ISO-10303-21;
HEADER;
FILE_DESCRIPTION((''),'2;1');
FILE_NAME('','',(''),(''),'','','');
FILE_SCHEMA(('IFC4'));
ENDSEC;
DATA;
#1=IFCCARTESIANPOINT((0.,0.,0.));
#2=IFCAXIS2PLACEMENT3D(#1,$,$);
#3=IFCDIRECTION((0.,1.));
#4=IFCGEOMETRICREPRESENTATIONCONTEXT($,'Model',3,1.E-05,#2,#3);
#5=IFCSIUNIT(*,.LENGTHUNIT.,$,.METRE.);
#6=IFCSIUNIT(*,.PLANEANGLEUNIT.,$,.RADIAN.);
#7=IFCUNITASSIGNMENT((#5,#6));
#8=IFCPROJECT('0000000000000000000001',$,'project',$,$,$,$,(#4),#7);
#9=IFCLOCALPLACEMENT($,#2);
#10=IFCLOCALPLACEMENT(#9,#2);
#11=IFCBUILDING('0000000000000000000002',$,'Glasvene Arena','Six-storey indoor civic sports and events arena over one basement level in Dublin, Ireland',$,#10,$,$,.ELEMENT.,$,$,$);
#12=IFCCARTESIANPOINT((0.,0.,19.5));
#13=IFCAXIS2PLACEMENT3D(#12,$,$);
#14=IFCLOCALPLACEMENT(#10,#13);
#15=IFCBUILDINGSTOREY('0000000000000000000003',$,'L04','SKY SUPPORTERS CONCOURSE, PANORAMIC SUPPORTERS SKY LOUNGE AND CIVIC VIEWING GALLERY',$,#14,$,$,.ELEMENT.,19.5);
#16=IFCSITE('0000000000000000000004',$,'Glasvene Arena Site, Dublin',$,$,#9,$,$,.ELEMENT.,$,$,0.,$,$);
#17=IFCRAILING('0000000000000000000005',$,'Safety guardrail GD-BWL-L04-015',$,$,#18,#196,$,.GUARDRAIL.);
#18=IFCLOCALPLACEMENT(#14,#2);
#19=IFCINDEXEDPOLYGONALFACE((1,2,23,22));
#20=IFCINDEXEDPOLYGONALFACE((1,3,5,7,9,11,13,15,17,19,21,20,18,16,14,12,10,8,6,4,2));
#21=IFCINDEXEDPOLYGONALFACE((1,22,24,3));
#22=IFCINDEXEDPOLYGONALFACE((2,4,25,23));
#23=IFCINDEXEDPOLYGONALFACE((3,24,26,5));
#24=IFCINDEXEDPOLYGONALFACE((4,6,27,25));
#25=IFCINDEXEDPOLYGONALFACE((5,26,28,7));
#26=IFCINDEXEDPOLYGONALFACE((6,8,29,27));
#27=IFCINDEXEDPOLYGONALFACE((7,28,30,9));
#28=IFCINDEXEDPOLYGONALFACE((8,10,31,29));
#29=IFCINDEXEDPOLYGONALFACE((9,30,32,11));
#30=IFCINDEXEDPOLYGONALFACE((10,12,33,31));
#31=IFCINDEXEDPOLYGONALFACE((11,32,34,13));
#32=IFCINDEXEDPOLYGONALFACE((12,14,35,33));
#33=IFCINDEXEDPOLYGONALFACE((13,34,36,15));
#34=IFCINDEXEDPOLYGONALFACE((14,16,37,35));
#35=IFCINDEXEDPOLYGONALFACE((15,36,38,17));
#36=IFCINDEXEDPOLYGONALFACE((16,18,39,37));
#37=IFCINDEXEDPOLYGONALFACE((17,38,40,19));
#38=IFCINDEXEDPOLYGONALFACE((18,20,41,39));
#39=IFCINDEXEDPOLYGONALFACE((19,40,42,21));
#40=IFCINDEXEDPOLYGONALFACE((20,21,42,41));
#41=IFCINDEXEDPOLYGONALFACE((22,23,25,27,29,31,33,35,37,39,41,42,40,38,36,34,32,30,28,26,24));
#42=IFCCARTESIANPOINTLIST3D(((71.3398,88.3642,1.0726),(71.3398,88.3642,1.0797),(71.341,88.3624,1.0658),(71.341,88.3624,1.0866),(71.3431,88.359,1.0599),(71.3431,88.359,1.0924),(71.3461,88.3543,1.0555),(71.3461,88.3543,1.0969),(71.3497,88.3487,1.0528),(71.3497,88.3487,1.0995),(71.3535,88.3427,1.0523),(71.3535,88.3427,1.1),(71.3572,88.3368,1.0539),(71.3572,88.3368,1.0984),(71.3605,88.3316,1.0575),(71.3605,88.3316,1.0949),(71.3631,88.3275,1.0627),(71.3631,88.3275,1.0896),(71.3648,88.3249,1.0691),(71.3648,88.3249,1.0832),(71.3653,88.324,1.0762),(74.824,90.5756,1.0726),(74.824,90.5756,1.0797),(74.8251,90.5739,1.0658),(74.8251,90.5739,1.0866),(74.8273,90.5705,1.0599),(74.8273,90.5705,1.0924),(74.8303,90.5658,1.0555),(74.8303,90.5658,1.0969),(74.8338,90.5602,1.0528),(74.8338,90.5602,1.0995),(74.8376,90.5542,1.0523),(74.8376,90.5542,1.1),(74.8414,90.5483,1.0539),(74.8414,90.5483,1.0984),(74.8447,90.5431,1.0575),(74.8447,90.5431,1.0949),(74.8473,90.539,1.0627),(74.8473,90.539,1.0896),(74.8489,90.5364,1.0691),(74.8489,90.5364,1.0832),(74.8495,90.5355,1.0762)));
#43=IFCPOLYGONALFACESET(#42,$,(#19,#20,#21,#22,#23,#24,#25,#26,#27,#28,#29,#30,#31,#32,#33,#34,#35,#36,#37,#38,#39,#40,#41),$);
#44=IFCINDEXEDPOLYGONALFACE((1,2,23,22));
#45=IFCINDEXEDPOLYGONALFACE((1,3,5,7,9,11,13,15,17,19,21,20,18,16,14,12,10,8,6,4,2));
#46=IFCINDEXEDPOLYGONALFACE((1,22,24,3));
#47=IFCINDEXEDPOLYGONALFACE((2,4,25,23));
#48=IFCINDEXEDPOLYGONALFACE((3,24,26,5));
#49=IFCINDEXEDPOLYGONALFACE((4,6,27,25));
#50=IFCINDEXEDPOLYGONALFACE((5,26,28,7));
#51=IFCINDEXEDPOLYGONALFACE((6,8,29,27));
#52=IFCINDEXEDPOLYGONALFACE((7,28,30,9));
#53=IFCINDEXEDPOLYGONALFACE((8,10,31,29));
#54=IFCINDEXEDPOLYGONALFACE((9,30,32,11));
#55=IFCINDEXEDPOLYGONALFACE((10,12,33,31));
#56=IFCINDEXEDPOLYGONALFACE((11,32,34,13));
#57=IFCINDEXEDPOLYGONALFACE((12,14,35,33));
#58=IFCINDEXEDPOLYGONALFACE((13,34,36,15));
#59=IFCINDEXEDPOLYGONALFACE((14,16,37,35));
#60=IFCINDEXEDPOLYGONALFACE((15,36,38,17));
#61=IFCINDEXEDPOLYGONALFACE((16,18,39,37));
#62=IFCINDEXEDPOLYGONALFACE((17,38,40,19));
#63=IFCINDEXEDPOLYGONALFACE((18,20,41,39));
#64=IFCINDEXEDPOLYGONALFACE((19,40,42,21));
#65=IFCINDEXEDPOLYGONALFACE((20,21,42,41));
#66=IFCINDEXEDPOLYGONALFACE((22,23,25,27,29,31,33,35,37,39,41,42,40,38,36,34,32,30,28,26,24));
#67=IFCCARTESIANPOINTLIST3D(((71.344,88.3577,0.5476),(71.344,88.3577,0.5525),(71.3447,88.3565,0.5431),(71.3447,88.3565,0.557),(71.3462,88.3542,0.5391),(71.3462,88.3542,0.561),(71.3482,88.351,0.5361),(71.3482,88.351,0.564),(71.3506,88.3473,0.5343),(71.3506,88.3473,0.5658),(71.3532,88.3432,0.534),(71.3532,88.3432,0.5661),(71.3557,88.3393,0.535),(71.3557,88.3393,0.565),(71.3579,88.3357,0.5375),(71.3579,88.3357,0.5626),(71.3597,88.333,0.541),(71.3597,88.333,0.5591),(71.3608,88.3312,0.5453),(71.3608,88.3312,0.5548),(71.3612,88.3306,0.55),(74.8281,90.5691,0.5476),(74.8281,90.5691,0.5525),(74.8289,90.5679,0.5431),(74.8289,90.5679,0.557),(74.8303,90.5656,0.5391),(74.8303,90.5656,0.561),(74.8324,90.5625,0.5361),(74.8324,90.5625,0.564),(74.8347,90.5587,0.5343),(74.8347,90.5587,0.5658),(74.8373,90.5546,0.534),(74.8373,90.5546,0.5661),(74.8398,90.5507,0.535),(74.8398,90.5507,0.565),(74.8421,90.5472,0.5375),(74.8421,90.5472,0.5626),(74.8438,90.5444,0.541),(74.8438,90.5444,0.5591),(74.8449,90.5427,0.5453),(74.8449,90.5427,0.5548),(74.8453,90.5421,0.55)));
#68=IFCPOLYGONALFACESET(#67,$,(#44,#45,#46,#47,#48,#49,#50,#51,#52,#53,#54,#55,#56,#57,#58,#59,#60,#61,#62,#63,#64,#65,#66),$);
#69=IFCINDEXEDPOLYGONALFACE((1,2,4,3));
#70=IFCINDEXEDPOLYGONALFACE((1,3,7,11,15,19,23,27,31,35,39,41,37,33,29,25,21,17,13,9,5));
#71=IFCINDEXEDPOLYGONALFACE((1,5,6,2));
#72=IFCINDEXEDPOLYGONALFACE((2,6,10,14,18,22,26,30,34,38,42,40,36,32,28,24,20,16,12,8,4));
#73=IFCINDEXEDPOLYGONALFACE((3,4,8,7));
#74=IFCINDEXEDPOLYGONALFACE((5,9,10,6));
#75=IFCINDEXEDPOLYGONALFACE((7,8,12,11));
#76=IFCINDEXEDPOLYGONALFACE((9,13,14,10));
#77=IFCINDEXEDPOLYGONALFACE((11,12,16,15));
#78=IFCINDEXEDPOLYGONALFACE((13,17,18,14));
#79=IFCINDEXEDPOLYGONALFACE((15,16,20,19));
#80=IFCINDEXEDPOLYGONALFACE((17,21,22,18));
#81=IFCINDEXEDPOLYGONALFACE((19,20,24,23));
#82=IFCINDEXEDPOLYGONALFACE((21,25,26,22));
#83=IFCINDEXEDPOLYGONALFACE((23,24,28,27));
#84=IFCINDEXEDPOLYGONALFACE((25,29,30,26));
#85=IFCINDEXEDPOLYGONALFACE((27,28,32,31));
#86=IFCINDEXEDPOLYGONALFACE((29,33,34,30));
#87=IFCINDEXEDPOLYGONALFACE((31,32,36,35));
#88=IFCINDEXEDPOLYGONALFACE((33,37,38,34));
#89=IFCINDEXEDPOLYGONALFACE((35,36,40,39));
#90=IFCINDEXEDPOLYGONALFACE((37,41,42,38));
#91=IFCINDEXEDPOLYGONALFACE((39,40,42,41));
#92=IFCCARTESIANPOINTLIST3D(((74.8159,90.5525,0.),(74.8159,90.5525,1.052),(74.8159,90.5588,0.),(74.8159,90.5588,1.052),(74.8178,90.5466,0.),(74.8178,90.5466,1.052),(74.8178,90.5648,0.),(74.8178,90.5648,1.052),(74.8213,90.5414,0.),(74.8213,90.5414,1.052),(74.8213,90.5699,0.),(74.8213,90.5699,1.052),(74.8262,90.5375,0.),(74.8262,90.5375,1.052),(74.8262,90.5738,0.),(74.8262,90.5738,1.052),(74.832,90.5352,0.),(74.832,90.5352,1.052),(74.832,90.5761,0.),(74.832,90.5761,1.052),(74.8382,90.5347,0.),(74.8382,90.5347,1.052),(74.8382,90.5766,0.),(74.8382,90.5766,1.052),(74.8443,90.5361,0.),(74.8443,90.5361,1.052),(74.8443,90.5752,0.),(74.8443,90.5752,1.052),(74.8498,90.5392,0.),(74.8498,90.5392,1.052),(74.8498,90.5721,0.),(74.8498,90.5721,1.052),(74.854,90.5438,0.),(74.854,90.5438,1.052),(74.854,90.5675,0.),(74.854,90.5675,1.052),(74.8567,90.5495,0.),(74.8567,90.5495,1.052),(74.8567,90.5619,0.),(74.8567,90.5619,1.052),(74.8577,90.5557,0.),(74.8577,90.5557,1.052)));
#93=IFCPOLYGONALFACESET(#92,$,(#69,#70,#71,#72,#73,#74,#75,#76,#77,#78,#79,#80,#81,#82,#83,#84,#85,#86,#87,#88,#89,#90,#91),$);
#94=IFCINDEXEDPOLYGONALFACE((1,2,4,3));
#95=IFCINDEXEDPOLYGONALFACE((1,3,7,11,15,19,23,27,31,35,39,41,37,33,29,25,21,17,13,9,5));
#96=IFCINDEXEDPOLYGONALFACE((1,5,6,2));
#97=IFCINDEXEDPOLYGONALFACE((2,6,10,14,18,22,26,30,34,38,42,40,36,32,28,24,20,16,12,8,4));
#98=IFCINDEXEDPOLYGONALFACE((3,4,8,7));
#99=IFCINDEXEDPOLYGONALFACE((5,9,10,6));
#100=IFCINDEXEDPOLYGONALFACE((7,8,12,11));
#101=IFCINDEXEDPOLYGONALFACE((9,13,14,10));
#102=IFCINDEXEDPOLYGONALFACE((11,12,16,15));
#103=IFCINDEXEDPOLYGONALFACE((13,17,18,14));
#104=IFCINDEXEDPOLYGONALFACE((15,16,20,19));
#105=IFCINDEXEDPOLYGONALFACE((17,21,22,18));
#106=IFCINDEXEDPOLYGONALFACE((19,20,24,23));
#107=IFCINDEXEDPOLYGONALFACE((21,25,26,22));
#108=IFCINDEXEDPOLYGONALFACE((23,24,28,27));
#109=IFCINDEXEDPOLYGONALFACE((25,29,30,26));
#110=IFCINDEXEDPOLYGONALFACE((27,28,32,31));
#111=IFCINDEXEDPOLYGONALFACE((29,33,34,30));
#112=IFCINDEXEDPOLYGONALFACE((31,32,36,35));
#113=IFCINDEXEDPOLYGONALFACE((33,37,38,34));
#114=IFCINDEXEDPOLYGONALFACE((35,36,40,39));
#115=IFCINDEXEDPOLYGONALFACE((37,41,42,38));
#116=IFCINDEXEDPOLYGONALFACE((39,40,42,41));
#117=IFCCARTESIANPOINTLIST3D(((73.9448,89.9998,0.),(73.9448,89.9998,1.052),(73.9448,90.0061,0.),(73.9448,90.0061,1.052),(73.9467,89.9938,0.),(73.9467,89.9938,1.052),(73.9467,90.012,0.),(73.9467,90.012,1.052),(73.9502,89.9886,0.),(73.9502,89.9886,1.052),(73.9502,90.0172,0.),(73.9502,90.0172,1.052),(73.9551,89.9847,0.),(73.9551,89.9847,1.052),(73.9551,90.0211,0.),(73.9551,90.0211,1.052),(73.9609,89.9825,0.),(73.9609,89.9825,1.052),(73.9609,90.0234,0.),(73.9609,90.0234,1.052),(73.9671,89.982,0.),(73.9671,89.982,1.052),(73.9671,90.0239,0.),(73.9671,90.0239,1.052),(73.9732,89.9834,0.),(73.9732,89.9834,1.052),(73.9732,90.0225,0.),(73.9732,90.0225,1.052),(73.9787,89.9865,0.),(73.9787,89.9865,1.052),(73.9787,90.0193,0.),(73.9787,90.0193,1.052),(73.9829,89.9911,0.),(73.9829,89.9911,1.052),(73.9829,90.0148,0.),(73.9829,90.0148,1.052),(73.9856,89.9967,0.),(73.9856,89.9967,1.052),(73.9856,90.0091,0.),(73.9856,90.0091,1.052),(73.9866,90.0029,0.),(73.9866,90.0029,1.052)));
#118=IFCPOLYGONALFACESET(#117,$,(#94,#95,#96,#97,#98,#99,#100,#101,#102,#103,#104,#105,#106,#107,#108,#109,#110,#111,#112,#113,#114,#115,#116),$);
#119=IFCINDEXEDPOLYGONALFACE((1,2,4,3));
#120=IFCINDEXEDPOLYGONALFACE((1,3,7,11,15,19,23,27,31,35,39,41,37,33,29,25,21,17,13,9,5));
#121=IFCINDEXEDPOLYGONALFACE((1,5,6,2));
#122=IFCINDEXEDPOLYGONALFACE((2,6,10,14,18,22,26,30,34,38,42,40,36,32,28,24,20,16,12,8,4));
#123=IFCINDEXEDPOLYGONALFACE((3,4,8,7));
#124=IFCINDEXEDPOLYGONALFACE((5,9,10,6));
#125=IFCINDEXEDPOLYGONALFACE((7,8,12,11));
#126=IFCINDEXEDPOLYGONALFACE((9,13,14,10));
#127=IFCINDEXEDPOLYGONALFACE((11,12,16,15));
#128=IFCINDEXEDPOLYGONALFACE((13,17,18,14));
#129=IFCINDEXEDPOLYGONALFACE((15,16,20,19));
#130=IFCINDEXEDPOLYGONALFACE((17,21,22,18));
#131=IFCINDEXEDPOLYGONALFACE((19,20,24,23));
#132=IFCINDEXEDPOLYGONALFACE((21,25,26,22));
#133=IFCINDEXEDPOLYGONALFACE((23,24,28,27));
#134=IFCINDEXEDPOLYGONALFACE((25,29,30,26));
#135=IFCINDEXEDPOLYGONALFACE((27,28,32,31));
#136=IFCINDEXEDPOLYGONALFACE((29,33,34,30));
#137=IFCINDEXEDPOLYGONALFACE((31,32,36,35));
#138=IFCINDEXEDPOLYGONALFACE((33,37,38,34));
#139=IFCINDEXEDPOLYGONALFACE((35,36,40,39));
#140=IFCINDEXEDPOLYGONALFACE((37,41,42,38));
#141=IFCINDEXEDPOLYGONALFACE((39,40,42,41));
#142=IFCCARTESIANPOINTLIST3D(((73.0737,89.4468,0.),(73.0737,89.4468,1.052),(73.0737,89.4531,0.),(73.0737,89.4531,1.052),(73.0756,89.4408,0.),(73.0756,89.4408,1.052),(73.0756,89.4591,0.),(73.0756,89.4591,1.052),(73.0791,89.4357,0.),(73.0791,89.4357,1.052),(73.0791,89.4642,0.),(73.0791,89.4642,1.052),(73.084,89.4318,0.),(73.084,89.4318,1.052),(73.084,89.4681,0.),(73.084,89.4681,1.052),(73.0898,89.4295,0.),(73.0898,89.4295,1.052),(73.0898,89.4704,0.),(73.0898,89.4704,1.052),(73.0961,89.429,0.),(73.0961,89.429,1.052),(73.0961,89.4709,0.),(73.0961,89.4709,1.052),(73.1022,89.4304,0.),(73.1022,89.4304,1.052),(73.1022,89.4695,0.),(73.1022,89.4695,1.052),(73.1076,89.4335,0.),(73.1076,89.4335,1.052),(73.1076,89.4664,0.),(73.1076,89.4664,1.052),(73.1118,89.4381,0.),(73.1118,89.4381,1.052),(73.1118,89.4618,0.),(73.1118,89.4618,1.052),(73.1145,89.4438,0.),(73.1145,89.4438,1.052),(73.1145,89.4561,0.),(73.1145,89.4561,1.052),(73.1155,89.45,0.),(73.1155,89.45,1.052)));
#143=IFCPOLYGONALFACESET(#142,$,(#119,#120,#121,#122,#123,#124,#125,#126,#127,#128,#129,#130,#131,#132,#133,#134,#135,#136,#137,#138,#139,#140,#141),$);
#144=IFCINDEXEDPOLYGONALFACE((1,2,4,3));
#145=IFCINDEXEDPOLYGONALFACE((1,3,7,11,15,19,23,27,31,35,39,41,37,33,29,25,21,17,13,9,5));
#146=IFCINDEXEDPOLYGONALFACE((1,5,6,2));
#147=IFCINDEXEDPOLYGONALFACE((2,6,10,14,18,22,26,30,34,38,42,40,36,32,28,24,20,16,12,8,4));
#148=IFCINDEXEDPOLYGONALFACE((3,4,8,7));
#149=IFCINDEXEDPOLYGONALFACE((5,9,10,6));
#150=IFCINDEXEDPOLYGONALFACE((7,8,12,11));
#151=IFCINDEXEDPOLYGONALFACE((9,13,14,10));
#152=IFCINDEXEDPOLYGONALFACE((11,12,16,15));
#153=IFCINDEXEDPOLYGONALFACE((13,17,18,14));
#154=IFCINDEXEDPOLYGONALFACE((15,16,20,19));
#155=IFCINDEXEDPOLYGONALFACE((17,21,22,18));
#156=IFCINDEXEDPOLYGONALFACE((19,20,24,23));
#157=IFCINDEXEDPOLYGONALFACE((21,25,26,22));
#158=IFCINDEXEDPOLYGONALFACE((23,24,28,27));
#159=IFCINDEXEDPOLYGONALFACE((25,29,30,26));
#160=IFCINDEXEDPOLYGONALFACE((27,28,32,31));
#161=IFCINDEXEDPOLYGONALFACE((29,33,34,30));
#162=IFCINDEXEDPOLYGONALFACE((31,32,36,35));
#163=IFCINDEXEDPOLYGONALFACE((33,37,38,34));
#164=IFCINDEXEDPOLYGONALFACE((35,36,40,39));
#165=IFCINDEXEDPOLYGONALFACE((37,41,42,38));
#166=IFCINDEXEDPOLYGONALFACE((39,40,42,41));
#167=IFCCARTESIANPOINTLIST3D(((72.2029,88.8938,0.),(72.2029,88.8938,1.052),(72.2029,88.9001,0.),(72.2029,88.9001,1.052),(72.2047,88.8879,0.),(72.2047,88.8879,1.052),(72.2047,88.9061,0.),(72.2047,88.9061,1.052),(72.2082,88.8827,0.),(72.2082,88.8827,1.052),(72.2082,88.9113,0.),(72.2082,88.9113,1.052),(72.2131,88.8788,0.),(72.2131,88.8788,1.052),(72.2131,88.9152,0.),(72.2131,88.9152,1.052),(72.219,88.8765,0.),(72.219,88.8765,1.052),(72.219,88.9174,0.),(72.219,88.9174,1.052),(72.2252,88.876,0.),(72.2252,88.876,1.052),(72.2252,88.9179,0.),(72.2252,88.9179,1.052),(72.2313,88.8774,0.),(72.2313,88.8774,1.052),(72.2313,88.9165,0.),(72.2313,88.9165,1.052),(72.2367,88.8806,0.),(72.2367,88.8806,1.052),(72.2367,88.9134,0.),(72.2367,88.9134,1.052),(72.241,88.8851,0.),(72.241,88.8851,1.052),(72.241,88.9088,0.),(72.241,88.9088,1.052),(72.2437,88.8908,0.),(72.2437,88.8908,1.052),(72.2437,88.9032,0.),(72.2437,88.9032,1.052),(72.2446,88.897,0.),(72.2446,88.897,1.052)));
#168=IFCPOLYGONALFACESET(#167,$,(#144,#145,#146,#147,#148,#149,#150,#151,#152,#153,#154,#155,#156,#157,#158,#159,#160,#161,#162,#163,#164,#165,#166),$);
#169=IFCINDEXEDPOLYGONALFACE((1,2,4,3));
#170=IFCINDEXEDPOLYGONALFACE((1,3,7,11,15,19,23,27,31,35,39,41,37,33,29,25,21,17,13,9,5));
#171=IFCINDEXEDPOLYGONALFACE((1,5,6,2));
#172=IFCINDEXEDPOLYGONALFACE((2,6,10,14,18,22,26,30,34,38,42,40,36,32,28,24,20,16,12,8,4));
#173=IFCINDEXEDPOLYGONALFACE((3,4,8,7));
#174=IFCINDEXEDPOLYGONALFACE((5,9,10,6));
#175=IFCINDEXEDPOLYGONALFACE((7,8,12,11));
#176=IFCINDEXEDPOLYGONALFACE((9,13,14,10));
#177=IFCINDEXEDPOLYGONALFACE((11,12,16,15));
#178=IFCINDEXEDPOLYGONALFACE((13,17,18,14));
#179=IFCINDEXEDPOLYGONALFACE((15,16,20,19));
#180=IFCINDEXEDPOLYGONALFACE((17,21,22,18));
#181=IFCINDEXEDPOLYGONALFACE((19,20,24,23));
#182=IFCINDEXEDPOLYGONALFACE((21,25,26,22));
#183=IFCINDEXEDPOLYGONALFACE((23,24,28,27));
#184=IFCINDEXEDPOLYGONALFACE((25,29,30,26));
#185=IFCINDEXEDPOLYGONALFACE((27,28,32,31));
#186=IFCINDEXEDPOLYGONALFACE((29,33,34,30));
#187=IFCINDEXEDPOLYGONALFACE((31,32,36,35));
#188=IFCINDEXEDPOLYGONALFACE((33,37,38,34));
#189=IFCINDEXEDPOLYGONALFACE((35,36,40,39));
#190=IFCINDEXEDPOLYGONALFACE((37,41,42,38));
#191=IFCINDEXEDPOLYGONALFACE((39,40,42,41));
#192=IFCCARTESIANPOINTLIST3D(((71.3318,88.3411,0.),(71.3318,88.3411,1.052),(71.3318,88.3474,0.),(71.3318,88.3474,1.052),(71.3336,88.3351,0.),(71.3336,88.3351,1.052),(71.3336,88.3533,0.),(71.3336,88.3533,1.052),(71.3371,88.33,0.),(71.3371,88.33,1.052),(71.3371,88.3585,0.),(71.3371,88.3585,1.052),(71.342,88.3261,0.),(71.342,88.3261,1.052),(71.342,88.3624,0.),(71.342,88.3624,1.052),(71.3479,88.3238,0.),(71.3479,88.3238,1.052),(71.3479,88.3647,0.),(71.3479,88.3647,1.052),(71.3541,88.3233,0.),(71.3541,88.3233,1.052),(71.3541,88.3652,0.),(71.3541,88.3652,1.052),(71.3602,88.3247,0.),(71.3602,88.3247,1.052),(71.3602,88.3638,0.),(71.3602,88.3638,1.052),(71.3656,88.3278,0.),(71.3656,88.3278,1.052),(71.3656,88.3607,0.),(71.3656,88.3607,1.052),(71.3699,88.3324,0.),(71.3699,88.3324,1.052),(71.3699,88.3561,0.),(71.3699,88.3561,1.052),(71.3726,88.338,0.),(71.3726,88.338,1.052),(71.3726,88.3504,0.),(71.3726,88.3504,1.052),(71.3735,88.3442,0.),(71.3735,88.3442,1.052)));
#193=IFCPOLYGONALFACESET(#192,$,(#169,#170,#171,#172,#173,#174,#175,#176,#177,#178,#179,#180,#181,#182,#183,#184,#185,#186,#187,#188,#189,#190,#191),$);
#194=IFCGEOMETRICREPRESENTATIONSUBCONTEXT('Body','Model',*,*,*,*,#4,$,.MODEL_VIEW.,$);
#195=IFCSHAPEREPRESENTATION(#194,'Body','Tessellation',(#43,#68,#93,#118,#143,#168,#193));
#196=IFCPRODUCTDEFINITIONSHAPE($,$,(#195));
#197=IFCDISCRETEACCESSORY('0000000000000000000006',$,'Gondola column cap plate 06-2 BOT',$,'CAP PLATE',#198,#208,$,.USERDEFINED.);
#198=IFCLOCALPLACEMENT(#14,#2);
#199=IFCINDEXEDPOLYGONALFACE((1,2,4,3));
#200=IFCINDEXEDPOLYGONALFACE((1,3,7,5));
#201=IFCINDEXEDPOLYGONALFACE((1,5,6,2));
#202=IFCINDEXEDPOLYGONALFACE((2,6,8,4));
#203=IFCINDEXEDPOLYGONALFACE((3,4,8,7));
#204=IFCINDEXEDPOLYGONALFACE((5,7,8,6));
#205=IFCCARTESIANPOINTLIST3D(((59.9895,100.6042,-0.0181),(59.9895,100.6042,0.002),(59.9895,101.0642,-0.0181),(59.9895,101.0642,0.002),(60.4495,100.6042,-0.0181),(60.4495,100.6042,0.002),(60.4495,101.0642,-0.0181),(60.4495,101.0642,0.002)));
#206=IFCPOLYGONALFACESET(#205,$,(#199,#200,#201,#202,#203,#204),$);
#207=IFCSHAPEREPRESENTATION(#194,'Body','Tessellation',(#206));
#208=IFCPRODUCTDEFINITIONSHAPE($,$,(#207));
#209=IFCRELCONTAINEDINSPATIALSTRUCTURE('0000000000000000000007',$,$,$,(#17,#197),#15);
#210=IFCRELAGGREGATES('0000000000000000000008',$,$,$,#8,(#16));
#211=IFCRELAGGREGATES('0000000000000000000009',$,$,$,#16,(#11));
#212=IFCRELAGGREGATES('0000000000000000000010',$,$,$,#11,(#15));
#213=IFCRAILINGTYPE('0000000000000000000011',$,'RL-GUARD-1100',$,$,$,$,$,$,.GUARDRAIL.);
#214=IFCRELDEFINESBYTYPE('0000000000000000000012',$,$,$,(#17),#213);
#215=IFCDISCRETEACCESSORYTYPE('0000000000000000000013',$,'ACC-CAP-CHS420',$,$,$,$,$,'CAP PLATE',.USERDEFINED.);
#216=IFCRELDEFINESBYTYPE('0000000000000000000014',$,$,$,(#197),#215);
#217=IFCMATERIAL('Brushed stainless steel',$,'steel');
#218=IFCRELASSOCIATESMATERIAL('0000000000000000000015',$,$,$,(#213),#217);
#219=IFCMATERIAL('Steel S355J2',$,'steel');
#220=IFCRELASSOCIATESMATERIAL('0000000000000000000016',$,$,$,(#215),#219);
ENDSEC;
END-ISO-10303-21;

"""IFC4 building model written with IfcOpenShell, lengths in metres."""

from ifc_helpers import new_model, si_unit, direction, frame, origin, origin_2d, place, context, subcontext, project, spatial, rectangle, circle, extrude, material, type_object, element, save


model = new_model("IFC4")

# Units and contexts
model_context = context("Model", 3, precision=1e-05, world=origin(), true_north=direction((0.0, 1.0)))
body_context = subcontext(model_context, "Body", "Model", "MODEL_VIEW")
ifc_project = project(units=[si_unit("LENGTHUNIT", "METRE"), si_unit("PLANEANGLEUNIT", "RADIAN")], contexts=[model_context])

# Site, building, storey
site_placement = place(None, origin())
site = spatial("IfcSite", under=ifc_project, at=site_placement, Name="Glasvene Arena Site, Dublin", CompositionType="ELEMENT", RefElevation=0.0)
building_placement = place(site_placement, origin())
building = spatial("IfcBuilding", under=site, at=building_placement, Name="Glasvene Arena", Description="Six-storey indoor civic sports and events arena over one basement level in Dublin, Ireland", CompositionType="ELEMENT")
storey_placement = place(building_placement, frame((0.0, 0.0, 19.5)))
storey = spatial("IfcBuildingStorey", under=building, at=storey_placement, Name="L04", Description="SKY SUPPORTERS CONCOURSE, PANORAMIC SUPPORTERS SKY LOUNGE AND CIVIC VIEWING GALLERY", CompositionType="ELEMENT", Elevation=19.5)

# Shared definitions
ifc_material_1 = material(Name="Steel S355J2", Category="steel")

# Railing
ifc_material_2 = material(Name="Brushed stainless steel", Category="steel")
railing_type = type_object("IfcRailingType", Name="RL-GUARD-1100", PredefinedType="GUARDRAIL", material=ifc_material_2)
railing_placement = place(storey_placement, frame((74.8367, 90.5557, 0.0)))
element("IfcRailing", 1, at=railing_placement, inside=storey, type_object=railing_type, Name="Safety guardrail GD-BWL-L04-015", PredefinedType="GUARDRAIL", context=body_context, shape_type="SweptSolid", body=[
    extrude(circle(Radius=0.0239, at=origin_2d()), frame((0.0, 0.0, 1.0762), z_axis=(-0.844292, -0.535884, 0.0), x_axis=(0.535884, -0.844292, 0.0)), (0.0, 0.0, 1.0), 4.1267),
    extrude(circle(Radius=0.0161, at=origin_2d()), frame((0.0, 0.0, 0.55), z_axis=(-0.844292, -0.535884, 0.0), x_axis=(0.535884, -0.844292, 0.0)), (0.0, 0.0, 1.0), 4.1267),
    extrude(circle(Radius=0.021, at=origin_2d()), origin(), (0.0, 0.0, 1.0), 1.052),
    extrude(circle(Radius=0.021, at=origin_2d()), frame((-0.8711, -0.5527, 0.0)), (0.0, 0.0, 1.0), 1.052),
    extrude(circle(Radius=0.021, at=origin_2d()), frame((-1.7422, -1.1057, 0.0)), (0.0, 0.0, 1.0), 1.052),
    extrude(circle(Radius=0.021, at=origin_2d()), frame((-2.613, -1.6587, 0.0)), (0.0, 0.0, 1.0), 1.052),
    extrude(circle(Radius=0.021, at=origin_2d()), frame((-3.4841, -2.2114, 0.0)), (0.0, 0.0, 1.0), 1.052),
])

# Discrete accessory
discrete_accessory_type = type_object("IfcDiscreteAccessoryType", Name="ACC-CAP-CHS420", ElementType="CAP PLATE", PredefinedType="USERDEFINED", material=ifc_material_1)
for number, where, z_axis, x_axis, name in (
    (2, (60.2195, 100.8342, -0.0181), (0.0, 0.0, 1.0), (1.0, 0.0, 0.0), "Gondola column cap plate 06-2 BOT"),
):
    element("IfcDiscreteAccessory", number, at=place(storey_placement, frame(where, z_axis=z_axis, x_axis=x_axis)), inside=storey, type_object=discrete_accessory_type, Name=name, ObjectType="CAP PLATE", PredefinedType="USERDEFINED", context=body_context, shape_type="SweptSolid", body=[
        extrude(rectangle(XDim=0.46, YDim=0.46, at=origin_2d()), origin(), (0.0, 0.0, 1.0), 0.02),
    ])

save(model, "model.ifc")
